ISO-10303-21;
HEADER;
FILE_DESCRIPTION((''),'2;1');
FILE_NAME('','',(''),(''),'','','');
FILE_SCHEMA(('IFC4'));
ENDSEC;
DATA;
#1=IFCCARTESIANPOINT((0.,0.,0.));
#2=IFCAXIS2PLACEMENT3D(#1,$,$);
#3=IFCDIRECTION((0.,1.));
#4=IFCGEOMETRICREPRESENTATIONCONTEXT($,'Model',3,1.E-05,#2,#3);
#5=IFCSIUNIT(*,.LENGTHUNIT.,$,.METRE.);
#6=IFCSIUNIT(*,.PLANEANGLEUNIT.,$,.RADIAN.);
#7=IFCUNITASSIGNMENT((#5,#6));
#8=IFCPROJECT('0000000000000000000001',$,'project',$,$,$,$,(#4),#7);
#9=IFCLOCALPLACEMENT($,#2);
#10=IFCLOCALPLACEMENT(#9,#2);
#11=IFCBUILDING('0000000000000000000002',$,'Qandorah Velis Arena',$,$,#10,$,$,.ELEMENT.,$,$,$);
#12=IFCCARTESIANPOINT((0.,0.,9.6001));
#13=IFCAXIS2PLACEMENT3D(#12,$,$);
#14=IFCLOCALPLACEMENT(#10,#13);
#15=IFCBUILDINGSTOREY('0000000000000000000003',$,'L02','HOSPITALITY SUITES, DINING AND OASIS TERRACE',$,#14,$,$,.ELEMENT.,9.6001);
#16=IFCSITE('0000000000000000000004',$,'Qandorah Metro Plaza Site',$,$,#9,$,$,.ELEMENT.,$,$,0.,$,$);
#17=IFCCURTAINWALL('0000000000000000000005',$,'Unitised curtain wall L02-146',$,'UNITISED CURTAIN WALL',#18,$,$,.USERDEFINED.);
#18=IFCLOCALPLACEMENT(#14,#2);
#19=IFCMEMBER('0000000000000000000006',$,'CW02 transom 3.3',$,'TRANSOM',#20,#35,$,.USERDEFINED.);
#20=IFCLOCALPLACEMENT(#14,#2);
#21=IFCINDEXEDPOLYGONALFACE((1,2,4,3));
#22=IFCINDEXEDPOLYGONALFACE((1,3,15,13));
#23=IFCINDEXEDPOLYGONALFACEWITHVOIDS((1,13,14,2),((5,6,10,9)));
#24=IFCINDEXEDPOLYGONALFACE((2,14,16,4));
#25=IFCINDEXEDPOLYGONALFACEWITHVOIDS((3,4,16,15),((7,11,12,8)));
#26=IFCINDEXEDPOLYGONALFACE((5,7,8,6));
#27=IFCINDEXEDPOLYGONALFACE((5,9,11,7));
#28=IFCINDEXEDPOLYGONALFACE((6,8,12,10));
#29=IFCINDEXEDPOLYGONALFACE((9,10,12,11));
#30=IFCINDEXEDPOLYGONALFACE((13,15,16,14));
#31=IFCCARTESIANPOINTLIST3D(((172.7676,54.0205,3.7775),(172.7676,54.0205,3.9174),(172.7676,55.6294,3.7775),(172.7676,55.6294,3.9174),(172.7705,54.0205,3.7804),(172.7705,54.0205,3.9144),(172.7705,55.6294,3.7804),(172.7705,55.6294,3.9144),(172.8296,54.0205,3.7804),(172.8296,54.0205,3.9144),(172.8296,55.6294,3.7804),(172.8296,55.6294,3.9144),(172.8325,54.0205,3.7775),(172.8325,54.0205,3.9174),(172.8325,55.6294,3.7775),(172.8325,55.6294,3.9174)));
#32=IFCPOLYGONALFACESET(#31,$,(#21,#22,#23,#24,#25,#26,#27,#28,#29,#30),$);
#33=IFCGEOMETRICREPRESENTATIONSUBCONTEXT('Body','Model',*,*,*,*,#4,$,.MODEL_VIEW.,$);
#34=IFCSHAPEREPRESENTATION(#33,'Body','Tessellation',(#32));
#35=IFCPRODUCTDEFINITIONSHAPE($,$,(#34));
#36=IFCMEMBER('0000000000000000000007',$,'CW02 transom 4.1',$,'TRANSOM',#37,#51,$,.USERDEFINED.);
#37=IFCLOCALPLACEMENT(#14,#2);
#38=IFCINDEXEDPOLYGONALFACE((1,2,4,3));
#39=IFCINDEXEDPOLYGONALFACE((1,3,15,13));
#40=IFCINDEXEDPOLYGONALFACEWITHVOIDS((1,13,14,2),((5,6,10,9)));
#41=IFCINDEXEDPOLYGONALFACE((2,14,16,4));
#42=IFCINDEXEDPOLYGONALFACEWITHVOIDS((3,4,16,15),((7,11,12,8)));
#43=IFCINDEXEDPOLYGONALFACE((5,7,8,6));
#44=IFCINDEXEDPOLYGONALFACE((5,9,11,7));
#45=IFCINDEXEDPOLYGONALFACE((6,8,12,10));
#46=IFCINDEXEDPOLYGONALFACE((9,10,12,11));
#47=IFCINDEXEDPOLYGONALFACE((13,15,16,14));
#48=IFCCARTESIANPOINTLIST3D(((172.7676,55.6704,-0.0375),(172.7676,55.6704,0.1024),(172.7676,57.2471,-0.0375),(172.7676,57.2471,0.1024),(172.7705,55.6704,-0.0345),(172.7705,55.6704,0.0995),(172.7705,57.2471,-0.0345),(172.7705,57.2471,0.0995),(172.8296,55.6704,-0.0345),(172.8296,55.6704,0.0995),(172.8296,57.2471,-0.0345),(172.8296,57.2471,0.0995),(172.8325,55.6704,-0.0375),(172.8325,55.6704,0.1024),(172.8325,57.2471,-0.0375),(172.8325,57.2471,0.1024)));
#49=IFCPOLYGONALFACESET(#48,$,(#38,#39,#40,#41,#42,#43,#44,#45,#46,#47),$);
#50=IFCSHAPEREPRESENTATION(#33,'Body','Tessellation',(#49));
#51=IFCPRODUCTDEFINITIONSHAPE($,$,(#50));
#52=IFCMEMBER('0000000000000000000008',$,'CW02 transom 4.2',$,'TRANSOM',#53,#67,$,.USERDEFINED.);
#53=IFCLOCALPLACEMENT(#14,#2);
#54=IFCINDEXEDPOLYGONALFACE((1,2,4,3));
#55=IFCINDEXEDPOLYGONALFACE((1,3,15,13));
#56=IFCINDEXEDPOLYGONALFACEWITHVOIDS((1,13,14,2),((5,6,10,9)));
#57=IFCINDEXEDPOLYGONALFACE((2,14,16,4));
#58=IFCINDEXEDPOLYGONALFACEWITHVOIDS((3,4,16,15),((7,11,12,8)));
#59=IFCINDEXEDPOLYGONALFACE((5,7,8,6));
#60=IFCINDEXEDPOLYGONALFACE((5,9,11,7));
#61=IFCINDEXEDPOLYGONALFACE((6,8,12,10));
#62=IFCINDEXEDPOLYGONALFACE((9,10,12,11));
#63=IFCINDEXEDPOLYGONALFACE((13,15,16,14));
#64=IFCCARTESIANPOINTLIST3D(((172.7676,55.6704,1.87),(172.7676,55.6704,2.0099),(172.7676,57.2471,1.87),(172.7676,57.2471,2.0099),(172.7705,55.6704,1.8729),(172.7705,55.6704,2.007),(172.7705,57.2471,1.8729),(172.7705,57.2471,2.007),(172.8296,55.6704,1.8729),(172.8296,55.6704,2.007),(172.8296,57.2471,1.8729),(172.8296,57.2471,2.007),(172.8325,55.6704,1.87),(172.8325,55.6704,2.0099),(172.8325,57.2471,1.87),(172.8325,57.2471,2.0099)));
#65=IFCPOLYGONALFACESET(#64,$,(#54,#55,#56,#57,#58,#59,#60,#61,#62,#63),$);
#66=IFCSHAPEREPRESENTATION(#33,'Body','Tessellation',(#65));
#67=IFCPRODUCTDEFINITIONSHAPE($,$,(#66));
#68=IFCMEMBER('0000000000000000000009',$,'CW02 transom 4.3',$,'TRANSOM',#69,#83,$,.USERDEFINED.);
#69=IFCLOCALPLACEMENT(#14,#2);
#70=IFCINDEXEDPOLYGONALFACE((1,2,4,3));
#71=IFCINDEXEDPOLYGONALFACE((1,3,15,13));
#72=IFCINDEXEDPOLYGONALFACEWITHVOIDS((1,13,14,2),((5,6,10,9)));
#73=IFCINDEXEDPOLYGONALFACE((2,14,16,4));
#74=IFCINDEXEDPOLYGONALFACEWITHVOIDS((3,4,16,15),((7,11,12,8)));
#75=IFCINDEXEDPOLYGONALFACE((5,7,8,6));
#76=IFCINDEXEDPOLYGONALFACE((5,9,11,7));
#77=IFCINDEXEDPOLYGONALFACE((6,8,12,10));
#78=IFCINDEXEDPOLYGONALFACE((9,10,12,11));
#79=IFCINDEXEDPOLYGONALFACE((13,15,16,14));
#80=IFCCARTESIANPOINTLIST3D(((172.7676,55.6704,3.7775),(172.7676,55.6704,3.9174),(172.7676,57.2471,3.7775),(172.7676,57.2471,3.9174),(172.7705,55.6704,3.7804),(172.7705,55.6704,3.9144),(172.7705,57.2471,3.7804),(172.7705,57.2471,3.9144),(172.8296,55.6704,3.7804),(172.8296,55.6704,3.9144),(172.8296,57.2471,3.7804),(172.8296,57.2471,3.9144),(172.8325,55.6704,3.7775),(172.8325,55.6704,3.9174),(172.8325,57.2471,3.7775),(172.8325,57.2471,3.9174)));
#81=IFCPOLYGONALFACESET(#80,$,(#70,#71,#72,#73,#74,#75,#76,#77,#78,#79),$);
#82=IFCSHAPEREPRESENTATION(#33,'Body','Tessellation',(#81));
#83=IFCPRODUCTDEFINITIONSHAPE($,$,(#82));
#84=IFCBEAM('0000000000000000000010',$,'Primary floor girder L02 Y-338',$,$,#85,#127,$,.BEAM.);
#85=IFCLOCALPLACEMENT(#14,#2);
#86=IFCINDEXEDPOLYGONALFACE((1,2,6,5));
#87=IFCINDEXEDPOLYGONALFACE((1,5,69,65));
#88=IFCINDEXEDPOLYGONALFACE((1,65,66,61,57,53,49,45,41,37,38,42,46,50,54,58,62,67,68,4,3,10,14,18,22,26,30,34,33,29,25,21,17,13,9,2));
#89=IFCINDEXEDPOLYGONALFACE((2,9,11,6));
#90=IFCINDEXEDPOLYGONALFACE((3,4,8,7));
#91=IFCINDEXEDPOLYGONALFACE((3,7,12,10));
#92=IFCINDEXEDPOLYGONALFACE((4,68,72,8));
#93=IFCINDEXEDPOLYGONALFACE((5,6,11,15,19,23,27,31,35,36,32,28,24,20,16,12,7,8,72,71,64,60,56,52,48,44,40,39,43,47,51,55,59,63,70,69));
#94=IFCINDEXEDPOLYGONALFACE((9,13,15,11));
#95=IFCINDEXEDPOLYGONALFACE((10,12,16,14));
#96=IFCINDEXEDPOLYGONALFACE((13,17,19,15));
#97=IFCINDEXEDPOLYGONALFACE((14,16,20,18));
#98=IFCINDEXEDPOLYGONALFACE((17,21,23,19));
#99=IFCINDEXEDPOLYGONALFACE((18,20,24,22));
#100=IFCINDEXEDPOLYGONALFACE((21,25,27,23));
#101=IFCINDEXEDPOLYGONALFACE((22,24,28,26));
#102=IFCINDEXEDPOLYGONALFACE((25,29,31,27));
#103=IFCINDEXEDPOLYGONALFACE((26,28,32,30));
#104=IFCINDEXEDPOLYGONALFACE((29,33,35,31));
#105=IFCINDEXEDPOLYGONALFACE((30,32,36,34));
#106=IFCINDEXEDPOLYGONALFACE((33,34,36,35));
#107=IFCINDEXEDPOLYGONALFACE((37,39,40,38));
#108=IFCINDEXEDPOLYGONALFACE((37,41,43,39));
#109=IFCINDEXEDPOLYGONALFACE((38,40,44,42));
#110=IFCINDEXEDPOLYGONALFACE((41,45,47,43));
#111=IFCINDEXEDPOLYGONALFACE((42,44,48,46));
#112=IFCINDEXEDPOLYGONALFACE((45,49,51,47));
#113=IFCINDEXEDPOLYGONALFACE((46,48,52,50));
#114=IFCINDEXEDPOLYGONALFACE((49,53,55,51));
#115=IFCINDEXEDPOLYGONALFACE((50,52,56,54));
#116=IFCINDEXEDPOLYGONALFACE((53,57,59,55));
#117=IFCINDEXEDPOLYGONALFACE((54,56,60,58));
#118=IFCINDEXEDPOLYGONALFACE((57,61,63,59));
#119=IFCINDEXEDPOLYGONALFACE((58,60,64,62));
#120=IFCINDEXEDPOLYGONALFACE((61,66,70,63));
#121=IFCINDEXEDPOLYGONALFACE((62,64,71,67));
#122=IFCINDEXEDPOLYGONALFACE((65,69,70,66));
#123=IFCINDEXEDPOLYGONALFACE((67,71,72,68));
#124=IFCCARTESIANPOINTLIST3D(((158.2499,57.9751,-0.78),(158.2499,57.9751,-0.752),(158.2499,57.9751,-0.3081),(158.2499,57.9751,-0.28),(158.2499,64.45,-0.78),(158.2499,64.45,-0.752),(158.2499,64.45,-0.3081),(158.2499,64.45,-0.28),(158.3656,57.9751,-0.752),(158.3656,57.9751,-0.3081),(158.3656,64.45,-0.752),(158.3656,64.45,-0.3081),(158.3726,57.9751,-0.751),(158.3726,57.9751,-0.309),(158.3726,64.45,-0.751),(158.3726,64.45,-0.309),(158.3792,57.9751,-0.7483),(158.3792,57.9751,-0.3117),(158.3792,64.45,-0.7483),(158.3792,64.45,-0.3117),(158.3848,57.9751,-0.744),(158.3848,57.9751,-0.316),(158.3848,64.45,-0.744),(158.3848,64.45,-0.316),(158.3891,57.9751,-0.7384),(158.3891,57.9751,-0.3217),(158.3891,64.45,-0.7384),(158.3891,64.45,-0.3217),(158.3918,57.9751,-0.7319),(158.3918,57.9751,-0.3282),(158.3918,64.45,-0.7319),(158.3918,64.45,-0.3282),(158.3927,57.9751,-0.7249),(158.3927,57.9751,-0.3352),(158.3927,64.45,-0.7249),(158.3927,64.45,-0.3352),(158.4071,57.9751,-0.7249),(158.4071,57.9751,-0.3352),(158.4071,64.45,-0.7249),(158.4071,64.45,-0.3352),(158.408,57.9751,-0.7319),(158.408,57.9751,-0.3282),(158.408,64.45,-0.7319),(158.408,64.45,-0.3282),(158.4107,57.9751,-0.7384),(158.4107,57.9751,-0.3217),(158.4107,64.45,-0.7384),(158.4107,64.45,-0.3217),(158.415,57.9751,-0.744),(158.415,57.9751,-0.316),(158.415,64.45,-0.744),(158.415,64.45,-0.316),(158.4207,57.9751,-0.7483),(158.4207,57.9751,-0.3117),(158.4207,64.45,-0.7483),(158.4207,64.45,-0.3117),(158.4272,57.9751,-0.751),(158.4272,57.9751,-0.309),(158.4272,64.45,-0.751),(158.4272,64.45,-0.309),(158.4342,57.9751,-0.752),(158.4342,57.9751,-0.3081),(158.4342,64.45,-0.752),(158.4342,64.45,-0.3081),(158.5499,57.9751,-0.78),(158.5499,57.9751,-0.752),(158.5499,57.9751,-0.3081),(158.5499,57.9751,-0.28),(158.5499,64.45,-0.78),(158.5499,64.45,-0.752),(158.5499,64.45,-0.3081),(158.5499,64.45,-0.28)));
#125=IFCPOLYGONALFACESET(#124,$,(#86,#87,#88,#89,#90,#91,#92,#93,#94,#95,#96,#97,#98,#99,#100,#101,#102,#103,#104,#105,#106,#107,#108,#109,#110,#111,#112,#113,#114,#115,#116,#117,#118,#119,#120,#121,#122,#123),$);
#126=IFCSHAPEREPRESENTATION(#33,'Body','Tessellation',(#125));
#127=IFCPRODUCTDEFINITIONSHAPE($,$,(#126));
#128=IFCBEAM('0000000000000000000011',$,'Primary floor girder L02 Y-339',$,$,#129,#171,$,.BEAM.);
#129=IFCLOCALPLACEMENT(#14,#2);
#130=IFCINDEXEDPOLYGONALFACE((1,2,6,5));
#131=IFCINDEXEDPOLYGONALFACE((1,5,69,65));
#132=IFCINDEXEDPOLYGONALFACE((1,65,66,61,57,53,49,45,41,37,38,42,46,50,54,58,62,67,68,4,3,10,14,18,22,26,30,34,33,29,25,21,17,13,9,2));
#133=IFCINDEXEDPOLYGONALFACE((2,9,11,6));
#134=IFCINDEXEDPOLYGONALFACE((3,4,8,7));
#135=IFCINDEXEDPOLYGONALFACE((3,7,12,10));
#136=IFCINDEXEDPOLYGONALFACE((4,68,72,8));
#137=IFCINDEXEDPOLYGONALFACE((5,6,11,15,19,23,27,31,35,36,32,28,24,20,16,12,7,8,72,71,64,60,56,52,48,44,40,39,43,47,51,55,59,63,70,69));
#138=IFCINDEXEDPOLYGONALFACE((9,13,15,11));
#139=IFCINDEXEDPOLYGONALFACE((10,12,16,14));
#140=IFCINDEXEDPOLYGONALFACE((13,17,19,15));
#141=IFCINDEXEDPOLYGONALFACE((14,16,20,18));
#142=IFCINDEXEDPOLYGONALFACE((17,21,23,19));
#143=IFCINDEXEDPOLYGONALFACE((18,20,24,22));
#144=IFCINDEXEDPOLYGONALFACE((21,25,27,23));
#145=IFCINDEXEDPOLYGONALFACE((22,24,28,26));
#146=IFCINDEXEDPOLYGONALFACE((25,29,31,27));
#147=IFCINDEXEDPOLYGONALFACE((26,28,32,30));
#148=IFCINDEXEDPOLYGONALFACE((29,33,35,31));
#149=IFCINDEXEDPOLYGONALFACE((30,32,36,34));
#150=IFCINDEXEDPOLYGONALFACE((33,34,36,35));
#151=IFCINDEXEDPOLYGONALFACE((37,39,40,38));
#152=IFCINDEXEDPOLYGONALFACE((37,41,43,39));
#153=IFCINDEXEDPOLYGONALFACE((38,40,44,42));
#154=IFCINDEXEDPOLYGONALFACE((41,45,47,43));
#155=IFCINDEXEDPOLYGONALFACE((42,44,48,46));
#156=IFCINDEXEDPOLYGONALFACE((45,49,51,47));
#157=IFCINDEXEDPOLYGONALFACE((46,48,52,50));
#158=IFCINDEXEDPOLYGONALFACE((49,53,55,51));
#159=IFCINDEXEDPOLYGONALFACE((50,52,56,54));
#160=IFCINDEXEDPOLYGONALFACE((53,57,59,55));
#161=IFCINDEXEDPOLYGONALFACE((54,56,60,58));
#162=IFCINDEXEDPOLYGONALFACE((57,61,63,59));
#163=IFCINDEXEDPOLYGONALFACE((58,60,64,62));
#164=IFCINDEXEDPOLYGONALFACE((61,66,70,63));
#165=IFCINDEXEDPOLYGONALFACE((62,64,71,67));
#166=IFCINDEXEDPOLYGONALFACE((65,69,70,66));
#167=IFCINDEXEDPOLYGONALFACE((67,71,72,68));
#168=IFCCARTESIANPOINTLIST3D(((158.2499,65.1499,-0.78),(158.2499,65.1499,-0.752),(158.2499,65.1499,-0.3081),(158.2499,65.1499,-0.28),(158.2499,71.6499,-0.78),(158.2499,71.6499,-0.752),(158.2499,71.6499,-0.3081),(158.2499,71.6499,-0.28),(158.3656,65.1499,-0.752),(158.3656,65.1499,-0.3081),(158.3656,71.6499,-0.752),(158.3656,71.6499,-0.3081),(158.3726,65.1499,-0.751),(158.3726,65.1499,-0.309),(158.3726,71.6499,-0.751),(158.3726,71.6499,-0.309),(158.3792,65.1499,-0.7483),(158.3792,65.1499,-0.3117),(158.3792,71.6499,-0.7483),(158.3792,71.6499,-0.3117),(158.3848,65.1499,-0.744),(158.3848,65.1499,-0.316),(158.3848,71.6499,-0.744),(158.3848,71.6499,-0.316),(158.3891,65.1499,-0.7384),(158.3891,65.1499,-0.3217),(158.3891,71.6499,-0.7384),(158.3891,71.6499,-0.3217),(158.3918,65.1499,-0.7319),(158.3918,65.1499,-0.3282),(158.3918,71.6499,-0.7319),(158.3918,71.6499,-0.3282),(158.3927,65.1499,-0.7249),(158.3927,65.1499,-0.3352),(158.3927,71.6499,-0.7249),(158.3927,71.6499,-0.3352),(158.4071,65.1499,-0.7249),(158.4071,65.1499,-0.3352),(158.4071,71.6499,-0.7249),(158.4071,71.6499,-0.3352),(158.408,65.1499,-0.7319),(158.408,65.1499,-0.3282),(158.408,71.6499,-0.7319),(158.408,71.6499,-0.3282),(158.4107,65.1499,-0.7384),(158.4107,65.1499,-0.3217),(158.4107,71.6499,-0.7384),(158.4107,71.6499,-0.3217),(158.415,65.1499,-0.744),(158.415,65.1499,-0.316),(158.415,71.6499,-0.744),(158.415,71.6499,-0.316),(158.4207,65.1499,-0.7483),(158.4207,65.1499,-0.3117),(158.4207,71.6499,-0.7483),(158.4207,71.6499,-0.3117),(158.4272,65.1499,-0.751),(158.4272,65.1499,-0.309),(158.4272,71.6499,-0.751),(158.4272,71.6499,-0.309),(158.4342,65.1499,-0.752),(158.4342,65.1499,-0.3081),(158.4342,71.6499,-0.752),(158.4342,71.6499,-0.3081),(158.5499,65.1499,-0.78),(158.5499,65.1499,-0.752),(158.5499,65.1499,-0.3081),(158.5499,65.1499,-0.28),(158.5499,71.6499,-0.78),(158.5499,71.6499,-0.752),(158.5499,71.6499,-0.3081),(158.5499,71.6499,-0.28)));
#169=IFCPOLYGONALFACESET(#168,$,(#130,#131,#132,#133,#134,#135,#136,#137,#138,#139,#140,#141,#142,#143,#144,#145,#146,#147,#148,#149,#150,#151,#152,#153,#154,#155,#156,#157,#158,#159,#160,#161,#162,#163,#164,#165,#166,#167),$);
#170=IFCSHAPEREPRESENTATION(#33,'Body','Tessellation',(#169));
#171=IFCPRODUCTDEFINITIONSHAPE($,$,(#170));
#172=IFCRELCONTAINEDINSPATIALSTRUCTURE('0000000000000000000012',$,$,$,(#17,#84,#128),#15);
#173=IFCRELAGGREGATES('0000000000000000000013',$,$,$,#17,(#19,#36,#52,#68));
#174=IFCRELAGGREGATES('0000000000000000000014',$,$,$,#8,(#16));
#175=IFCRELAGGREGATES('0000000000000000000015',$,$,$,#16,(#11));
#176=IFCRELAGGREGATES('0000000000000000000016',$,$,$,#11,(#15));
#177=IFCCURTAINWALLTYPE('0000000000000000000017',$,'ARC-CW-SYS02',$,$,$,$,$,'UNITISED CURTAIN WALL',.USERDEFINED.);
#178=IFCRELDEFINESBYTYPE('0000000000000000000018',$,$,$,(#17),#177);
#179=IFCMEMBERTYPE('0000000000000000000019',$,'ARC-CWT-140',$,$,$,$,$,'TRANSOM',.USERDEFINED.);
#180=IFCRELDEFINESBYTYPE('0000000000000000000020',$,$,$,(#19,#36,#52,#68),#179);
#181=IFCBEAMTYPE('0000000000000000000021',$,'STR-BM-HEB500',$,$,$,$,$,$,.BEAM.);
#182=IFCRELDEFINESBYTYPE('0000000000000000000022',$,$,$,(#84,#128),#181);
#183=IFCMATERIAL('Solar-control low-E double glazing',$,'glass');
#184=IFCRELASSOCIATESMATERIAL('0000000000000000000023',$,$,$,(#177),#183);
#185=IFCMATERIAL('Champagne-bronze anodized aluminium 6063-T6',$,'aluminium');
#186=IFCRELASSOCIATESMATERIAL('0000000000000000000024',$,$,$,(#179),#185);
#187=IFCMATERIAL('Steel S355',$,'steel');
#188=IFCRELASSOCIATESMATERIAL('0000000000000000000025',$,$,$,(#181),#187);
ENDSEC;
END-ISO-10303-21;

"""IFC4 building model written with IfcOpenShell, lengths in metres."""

from ifc_helpers import new_model, si_unit, direction, frame, origin, origin_2d, place, context, subcontext, project, spatial, hollow_rectangle, i_section, extrude, material, material_profile, profile_set, type_object, element, aggregate, save


model = new_model("IFC4")

# Units and contexts
model_context = context("Model", 3, precision=1e-05, world=origin(), true_north=direction((0.0, 1.0)))
body_context = subcontext(model_context, "Body", "Model", "MODEL_VIEW")
ifc_project = project(units=[si_unit("LENGTHUNIT", "METRE"), si_unit("PLANEANGLEUNIT", "RADIAN")], contexts=[model_context])

# Site, building, storey
site_placement = place(None, origin())
site = spatial("IfcSite", under=ifc_project, at=site_placement, Name="Qandorah Metro Plaza Site", CompositionType="ELEMENT", RefElevation=0.0)
building_placement = place(site_placement, origin())
building = spatial("IfcBuilding", under=site, at=building_placement, Name="Qandorah Velis Arena", CompositionType="ELEMENT")
storey_placement = place(building_placement, frame((0.0, 0.0, 9.6001)))
storey = spatial("IfcBuildingStorey", under=building, at=storey_placement, Name="L02", Description="HOSPITALITY SUITES, DINING AND OASIS TERRACE", CompositionType="ELEMENT", Elevation=9.6001)

# Shared definitions
ifc_material_1 = material(Name="Steel S355", Category="steel")

# Shared definitions
ifc_material_2 = material(Name="Solar-control low-E double glazing", Category="glass")
ifc_material_3 = material(Name="Champagne-bronze anodized aluminium 6063-T6", Category="aluminium")

# Curtain wall
curtain_wall_type_1 = type_object("IfcCurtainWallType", Name="ARC-CW-SYS02", ElementType="UNITISED CURTAIN WALL", PredefinedType="USERDEFINED", material=ifc_material_2)
curtain_wall_1_placement = place(storey_placement, origin())
curtain_wall_1 = element("IfcCurtainWall", 1, at=curtain_wall_1_placement, inside=storey, type_object=curtain_wall_type_1, Name="Unitised curtain wall L02-146", ObjectType="UNITISED CURTAIN WALL", PredefinedType="USERDEFINED")

# Members
ifc_material_profile_1 = material_profile(ifc_material_3, hollow_rectangle(XDim=0.0649, YDim=0.1399, WallThickness=0.0029, at=origin_2d()), Name="ALU TRANSOM 65x140")
ifc_profile_set_1 = profile_set([ifc_material_profile_1], Name="Champagne-bronze anodized aluminium 6063-T6")
member_type_1 = type_object("IfcMemberType", Name="ARC-CWT-140", ElementType="TRANSOM", PredefinedType="USERDEFINED", material=ifc_profile_set_1)
member_1_placement = place(storey_placement, frame((172.8, 54.0205, 3.8474), z_axis=(0.0, 1.0, 0.0), x_axis=(-1.0, 0.0, 0.0)))
member_1 = element("IfcMember", 2, at=member_1_placement, type_object=member_type_1, Name="CW02 transom 3.3", ObjectType="TRANSOM", PredefinedType="USERDEFINED", context=body_context, shape_type="SweptSolid", body=[
    extrude(hollow_rectangle(XDim=0.0649, YDim=0.1399, WallThickness=0.0029, at=origin_2d()), origin(), (0.0, 0.0, 1.0), 1.6089),
])
member_2_placement = place(storey_placement, frame((172.8, 55.6704, 0.0325), z_axis=(0.0, 1.0, 0.0), x_axis=(-1.0, 0.0, 0.0)))
member_2 = element("IfcMember", 3, at=member_2_placement, type_object=member_type_1, Name="CW02 transom 4.1", ObjectType="TRANSOM", PredefinedType="USERDEFINED", context=body_context, shape_type="SweptSolid", body=[
    extrude(hollow_rectangle(XDim=0.0649, YDim=0.1399, WallThickness=0.0029, at=origin_2d()), origin(), (0.0, 0.0, 1.0), 1.5767),
])
member_3_placement = place(storey_placement, frame((172.8, 55.6704, 1.9399), z_axis=(0.0, 1.0, 0.0), x_axis=(-1.0, 0.0, 0.0)))
member_3 = element("IfcMember", 4, at=member_3_placement, type_object=member_type_1, Name="CW02 transom 4.2", ObjectType="TRANSOM", PredefinedType="USERDEFINED", context=body_context, shape_type="SweptSolid", body=[
    extrude(hollow_rectangle(XDim=0.0649, YDim=0.1399, WallThickness=0.0029, at=origin_2d()), origin(), (0.0, 0.0, 1.0), 1.5767),
])
member_4_placement = place(storey_placement, frame((172.8, 55.6704, 3.8474), z_axis=(0.0, 1.0, 0.0), x_axis=(-1.0, 0.0, 0.0)))
member_4 = element("IfcMember", 5, at=member_4_placement, type_object=member_type_1, Name="CW02 transom 4.3", ObjectType="TRANSOM", PredefinedType="USERDEFINED", context=body_context, shape_type="SweptSolid", body=[
    extrude(hollow_rectangle(XDim=0.0649, YDim=0.1399, WallThickness=0.0029, at=origin_2d()), origin(), (0.0, 0.0, 1.0), 1.5767),
])

# Beams
ifc_material_profile_2 = material_profile(ifc_material_1, i_section(OverallWidth=0.3, OverallDepth=0.5, WebThickness=0.0144, FlangeThickness=0.0281, FilletRadius=0.0271, at=origin_2d()), Name="HEB 500")
ifc_profile_set_2 = profile_set([ifc_material_profile_2], Name="Steel S355")
beam_type_1 = type_object("IfcBeamType", Name="STR-BM-HEB500", PredefinedType="BEAM", material=ifc_profile_set_2)
beam_1_placement = place(storey_placement, frame((158.3999, 57.9751, -0.53), z_axis=(0.0, 1.0, 0.0), x_axis=(-1.0, 0.0, 0.0)))
element("IfcBeam", 6, at=beam_1_placement, inside=storey, type_object=beam_type_1, Name="Primary floor girder L02 Y-338", PredefinedType="BEAM", context=body_context, shape_type="SweptSolid", body=[
    extrude(i_section(OverallWidth=0.3, OverallDepth=0.5, WebThickness=0.0144, FlangeThickness=0.0281, FilletRadius=0.0271, at=origin_2d()), origin(), (0.0, 0.0, 1.0), 6.4749),
])
for number, where, z_axis, x_axis, name in (
    (7, (158.3999, 65.1499, -0.53), (0.0, 1.0, 0.0), (-1.0, 0.0, 0.0), "Primary floor girder L02 Y-339"),
):
    element("IfcBeam", number, at=place(storey_placement, frame(where, z_axis=z_axis, x_axis=x_axis)), inside=storey, type_object=beam_type_1, Name=name, PredefinedType="BEAM", context=body_context, shape_type="SweptSolid", body=[
        extrude(i_section(OverallWidth=0.3, OverallDepth=0.5, WebThickness=0.0144, FlangeThickness=0.0281, FilletRadius=0.0271, at=origin_2d()), origin(), (0.0, 0.0, 1.0), 6.5),
    ])

aggregate(curtain_wall_1, [member_1, member_2, member_3, member_4])

save(model, "model.ifc")
